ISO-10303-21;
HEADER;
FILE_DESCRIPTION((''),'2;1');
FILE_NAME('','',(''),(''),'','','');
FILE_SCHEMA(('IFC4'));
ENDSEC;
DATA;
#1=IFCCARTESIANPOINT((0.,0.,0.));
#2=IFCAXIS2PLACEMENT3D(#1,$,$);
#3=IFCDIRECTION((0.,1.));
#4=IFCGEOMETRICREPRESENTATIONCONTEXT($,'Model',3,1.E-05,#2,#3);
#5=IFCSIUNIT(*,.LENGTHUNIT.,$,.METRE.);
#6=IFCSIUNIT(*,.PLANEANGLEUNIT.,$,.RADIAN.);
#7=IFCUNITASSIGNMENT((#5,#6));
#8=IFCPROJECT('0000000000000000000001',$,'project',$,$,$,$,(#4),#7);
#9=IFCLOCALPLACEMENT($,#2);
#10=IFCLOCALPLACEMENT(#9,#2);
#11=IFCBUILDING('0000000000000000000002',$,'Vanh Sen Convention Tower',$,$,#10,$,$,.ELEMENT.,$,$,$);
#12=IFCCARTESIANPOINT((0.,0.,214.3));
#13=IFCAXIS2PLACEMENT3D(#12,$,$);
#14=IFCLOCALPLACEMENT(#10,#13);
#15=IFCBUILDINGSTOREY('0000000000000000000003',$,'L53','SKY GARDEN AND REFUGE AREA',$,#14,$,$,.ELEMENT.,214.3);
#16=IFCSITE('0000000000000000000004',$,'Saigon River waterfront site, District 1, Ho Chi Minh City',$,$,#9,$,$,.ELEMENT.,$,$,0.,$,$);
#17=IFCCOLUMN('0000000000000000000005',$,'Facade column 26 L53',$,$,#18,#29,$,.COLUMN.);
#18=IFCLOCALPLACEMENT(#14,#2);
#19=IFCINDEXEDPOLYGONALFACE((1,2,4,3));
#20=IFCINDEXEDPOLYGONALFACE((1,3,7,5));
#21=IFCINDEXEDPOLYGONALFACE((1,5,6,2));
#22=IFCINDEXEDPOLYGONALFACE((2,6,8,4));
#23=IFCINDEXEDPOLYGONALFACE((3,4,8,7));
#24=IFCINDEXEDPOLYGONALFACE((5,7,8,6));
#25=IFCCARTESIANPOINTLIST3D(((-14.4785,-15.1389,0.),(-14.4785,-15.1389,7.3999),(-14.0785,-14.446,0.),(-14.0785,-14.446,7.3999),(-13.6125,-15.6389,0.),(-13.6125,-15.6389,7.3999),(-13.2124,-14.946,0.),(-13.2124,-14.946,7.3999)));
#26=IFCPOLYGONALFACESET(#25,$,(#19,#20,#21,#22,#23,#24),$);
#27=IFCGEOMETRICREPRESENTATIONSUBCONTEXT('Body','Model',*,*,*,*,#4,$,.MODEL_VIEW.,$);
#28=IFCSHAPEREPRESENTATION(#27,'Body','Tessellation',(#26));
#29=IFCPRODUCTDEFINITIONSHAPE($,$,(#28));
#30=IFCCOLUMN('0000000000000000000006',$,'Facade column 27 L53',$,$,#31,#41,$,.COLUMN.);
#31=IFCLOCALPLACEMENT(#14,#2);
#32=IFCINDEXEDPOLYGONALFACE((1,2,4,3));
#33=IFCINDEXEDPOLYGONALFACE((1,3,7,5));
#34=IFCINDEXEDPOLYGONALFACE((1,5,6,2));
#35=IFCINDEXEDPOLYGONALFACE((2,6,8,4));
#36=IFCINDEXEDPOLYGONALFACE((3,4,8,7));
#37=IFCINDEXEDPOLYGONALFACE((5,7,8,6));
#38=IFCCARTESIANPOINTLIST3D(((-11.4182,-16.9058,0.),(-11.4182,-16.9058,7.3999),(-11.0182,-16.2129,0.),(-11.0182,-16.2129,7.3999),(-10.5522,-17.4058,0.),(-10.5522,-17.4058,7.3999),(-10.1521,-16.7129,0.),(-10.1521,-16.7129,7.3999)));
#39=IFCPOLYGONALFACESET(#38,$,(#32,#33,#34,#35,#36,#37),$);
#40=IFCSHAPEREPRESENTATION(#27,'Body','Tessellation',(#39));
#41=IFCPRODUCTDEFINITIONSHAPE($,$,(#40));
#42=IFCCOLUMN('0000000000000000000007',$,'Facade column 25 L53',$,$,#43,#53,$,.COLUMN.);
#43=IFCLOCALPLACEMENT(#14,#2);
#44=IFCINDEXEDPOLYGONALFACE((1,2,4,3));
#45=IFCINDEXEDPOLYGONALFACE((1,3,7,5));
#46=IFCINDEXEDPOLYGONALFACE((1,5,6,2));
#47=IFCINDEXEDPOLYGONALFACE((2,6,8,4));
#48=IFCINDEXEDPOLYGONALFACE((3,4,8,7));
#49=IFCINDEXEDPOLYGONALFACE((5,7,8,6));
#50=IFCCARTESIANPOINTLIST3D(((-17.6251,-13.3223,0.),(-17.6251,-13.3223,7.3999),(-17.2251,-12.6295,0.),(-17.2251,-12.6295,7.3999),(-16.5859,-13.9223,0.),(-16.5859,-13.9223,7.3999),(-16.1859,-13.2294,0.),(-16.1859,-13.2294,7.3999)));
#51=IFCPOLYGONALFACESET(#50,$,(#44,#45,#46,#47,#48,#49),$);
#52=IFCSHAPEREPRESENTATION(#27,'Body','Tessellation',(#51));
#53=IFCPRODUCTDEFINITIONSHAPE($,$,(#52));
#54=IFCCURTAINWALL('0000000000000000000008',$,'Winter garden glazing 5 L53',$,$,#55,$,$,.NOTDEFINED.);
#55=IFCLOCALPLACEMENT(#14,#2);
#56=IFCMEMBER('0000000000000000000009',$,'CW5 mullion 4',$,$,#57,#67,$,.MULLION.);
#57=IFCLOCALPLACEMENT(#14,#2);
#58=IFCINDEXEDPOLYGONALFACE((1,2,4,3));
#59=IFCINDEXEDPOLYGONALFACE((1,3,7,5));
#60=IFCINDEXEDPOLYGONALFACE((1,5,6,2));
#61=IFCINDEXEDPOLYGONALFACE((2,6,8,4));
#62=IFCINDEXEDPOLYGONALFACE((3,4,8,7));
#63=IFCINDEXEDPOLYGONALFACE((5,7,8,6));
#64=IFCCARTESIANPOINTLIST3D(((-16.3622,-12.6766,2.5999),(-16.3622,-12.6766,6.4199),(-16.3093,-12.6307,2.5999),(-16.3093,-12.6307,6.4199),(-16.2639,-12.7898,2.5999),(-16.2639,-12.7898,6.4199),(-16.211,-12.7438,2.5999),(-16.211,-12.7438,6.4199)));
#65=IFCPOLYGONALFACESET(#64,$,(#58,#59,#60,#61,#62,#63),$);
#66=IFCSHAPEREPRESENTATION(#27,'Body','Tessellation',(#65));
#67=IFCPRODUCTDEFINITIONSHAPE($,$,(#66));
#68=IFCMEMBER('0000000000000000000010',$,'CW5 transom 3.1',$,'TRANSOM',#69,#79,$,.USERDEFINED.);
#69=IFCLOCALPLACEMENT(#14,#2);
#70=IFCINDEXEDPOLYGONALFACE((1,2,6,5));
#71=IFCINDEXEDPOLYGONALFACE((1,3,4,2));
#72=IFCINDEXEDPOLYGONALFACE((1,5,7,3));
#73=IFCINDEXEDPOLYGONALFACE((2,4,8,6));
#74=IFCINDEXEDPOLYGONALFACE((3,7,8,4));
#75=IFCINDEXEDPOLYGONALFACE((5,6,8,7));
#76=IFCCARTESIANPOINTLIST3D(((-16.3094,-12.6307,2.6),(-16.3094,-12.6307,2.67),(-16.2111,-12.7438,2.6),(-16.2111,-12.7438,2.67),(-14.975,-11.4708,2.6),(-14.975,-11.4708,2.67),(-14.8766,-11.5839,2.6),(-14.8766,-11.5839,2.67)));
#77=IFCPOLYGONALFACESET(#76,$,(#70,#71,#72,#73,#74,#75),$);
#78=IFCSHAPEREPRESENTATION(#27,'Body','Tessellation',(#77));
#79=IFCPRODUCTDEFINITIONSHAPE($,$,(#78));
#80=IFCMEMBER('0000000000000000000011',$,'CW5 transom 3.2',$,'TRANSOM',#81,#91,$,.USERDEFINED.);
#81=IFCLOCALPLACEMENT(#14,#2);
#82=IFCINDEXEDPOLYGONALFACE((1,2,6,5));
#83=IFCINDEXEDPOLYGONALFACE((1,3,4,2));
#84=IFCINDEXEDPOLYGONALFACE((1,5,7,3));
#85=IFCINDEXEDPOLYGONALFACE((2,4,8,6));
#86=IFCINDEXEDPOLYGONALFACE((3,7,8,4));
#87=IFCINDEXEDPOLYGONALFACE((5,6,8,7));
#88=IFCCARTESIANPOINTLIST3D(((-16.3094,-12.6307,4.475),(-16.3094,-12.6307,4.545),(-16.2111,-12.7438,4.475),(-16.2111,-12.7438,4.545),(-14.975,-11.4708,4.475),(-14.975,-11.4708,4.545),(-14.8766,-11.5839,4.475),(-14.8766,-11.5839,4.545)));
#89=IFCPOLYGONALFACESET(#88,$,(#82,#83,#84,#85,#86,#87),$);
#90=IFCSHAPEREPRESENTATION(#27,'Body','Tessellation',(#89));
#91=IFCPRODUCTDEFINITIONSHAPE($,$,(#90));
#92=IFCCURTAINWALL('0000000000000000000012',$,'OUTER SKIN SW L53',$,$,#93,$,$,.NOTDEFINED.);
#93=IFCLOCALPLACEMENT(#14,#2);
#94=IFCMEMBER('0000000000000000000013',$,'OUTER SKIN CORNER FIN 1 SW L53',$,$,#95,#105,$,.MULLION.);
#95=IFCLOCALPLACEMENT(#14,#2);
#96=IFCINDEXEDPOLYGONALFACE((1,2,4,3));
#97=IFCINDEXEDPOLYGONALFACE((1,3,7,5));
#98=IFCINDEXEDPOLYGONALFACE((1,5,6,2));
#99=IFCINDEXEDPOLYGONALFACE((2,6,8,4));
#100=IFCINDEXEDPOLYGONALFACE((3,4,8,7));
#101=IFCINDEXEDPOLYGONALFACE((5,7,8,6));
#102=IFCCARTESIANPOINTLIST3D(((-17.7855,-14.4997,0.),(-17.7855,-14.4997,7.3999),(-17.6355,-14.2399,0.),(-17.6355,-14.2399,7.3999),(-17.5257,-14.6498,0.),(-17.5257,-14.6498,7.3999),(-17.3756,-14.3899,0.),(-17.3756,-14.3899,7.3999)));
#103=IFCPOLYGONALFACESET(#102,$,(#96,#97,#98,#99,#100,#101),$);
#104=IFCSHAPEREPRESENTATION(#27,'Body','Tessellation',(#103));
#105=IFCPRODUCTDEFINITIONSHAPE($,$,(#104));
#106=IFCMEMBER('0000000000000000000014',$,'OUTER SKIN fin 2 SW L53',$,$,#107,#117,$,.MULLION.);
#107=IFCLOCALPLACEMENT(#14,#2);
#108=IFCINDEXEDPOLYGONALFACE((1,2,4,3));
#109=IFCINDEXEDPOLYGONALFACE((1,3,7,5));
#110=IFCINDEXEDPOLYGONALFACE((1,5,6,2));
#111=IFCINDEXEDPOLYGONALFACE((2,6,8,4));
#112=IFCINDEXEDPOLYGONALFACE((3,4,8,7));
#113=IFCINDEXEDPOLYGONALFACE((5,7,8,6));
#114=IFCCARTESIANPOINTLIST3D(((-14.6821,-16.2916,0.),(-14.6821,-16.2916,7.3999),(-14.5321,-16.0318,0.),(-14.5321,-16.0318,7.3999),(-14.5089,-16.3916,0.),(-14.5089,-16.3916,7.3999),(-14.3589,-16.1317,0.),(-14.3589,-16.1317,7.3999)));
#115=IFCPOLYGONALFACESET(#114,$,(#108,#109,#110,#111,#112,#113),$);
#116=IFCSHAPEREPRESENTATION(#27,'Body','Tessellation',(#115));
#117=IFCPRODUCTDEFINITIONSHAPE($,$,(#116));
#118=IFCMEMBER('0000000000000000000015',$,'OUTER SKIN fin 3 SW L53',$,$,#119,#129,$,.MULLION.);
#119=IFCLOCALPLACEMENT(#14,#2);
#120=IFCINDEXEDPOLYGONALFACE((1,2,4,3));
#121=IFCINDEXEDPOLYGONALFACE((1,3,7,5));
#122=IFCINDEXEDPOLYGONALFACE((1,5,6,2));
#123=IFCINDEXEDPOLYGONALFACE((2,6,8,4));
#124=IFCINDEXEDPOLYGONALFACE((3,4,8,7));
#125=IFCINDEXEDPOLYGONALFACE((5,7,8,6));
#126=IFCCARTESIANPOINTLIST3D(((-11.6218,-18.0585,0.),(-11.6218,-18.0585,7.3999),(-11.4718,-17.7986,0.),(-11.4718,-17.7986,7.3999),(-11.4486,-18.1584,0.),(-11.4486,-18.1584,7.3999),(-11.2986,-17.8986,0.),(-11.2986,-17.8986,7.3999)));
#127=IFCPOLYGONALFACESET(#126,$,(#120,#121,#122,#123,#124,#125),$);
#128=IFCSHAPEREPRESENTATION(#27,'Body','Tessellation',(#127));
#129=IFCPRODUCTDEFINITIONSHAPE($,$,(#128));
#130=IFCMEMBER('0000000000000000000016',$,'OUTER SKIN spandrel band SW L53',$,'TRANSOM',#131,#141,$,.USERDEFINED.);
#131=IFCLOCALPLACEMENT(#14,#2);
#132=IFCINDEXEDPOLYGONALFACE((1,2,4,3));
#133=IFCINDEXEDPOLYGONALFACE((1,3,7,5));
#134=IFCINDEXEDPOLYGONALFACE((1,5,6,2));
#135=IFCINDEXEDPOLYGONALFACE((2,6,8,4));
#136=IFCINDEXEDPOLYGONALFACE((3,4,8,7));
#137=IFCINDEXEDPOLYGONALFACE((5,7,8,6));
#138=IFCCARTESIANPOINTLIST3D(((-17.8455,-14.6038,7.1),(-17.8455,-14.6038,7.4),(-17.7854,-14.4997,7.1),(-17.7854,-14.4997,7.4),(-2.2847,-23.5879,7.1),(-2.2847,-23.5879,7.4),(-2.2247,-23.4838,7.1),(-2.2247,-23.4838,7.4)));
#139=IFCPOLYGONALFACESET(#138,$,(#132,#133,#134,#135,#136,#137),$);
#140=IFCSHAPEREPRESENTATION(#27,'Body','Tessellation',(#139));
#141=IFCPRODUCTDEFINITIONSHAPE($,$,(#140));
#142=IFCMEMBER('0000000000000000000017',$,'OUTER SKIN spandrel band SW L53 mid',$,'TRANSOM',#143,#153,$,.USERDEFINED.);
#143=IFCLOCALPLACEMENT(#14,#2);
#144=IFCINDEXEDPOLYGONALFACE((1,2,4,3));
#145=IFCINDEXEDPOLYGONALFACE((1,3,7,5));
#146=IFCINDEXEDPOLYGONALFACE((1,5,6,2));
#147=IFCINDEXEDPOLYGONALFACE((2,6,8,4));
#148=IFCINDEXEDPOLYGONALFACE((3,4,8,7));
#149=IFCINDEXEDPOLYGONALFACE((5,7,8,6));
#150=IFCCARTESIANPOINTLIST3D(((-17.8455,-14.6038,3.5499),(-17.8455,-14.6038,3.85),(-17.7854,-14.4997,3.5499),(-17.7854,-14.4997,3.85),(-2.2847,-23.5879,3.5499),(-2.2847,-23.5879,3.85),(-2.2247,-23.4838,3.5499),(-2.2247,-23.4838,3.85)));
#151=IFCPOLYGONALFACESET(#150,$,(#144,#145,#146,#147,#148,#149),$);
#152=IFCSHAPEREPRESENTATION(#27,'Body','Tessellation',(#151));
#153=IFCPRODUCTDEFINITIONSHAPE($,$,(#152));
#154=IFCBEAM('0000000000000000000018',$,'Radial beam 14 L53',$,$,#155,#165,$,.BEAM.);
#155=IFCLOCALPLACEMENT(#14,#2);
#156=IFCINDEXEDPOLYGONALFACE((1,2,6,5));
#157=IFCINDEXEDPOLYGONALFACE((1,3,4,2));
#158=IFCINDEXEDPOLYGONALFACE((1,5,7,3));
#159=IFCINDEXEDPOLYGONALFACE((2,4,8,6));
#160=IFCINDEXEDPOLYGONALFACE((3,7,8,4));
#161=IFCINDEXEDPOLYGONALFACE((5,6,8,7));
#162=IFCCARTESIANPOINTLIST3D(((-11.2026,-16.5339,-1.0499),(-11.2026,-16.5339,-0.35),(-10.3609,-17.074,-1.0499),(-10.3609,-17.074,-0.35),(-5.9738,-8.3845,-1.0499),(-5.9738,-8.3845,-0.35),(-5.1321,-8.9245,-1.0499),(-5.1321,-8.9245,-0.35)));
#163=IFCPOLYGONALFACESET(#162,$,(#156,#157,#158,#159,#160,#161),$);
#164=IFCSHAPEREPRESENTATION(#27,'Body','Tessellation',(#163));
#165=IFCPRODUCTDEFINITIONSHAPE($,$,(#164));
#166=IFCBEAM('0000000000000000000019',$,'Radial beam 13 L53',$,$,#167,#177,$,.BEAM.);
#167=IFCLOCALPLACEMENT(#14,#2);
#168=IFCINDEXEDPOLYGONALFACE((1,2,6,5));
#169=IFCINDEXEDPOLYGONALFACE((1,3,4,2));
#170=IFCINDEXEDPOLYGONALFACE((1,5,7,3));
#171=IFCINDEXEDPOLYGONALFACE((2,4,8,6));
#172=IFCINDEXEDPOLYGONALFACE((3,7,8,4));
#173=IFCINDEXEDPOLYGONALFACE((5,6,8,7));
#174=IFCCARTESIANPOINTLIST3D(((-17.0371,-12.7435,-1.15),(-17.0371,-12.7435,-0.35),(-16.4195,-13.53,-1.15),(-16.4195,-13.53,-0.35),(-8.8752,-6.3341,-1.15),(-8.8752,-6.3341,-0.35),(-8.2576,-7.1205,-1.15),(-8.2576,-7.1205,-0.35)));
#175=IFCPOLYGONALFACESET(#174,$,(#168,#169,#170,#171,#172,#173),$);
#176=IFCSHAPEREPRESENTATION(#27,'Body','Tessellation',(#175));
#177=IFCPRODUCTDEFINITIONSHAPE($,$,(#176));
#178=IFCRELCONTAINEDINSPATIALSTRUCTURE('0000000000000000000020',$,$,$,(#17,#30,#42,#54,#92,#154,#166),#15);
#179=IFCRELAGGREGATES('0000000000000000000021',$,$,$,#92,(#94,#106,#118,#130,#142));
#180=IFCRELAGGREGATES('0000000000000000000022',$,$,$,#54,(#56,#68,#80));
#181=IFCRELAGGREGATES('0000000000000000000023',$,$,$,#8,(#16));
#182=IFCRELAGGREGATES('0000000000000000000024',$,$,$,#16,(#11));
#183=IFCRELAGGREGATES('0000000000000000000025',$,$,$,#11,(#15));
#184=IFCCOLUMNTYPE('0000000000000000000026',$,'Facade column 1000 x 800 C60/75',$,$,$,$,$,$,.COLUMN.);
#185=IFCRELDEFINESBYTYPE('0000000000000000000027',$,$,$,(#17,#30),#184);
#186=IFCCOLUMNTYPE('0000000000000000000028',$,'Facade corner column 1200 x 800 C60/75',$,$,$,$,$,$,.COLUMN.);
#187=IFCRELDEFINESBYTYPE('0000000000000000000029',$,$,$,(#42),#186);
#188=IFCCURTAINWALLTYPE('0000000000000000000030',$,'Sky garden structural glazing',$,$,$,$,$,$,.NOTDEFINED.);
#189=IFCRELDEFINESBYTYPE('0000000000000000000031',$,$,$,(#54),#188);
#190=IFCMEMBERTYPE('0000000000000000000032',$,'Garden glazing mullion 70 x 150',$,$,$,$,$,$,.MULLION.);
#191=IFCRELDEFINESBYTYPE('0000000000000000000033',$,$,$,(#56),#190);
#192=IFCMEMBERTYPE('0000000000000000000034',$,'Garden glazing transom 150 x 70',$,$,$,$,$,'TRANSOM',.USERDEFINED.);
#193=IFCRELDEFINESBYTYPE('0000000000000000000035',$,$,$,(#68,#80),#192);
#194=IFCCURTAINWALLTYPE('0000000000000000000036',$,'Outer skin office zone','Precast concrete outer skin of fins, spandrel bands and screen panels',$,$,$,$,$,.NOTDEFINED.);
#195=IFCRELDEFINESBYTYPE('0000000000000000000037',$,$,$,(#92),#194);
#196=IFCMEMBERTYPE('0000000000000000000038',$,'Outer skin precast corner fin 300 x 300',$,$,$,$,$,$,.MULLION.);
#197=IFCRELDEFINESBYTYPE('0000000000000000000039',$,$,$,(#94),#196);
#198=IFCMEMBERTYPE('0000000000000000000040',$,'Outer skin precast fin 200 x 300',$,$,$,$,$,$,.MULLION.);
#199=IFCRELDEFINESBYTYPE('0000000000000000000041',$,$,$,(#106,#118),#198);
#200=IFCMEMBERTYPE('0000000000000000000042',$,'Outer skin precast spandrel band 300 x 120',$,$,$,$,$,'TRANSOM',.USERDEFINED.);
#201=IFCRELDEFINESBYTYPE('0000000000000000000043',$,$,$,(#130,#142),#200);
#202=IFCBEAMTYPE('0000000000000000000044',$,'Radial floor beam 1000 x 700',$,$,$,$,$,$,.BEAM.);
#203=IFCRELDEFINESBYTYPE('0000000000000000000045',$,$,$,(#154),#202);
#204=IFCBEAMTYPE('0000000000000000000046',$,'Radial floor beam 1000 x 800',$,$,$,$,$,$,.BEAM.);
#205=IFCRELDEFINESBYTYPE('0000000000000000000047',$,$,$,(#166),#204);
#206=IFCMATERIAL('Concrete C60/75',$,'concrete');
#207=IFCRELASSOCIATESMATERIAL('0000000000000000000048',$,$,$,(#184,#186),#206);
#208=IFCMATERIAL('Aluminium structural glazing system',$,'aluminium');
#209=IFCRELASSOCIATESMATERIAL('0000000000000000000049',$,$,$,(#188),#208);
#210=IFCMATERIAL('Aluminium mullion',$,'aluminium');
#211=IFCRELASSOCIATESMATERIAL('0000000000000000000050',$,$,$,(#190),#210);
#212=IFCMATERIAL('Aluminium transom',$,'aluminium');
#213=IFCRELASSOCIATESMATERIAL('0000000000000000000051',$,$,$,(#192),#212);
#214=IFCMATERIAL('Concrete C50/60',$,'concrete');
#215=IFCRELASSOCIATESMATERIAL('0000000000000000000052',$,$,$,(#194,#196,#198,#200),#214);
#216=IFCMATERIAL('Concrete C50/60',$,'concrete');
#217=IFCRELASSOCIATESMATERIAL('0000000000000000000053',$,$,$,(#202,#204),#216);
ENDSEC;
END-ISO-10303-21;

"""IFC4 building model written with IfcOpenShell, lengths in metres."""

from ifc_helpers import new_model, si_unit, direction, frame, origin, origin_2d, place, context, subcontext, project, spatial, rectangle, extrude, material, material_profile, profile_set, type_object, element, aggregate, save


model = new_model("IFC4")

# Units and contexts
model_context = context("Model", 3, precision=1e-05, world=origin(), true_north=direction((0.0, 1.0)))
body_context = subcontext(model_context, "Body", "Model", "MODEL_VIEW")
ifc_project = project(units=[si_unit("LENGTHUNIT", "METRE"), si_unit("PLANEANGLEUNIT", "RADIAN")], contexts=[model_context])

# Site, building, storey
site_placement = place(None, origin())
site = spatial("IfcSite", under=ifc_project, at=site_placement, Name="Saigon River waterfront site, District 1, Ho Chi Minh City", CompositionType="ELEMENT", RefElevation=0.0)
building_placement = place(site_placement, origin())
building = spatial("IfcBuilding", under=site, at=building_placement, Name="Vanh Sen Convention Tower", CompositionType="ELEMENT")
storey_placement = place(building_placement, frame((0.0, 0.0, 214.3)))
storey = spatial("IfcBuildingStorey", under=building, at=storey_placement, Name="L53", Description="SKY GARDEN AND REFUGE AREA", CompositionType="ELEMENT", Elevation=214.3)

# Columns
ifc_material_1 = material(Name="Concrete C60/75", Category="concrete")
ifc_material_profile_1 = material_profile(ifc_material_1, rectangle(XDim=1.0, YDim=0.8, at=origin_2d()), Name="RC 1000X800")
ifc_profile_set_1 = profile_set([ifc_material_profile_1], Name="Concrete C60/75")
column_type_1 = type_object("IfcColumnType", Name="Facade column 1000 x 800 C60/75", PredefinedType="COLUMN", material=ifc_profile_set_1)
for number, where, z_axis, x_axis, name in (
    (1, (-13.8455, -15.0425, 0.0), (0.0, 0.0, 1.0), (0.866025, -0.5, 0.0), "Facade column 26 L53"),
    (2, (-10.7852, -16.8093, 0.0), (0.0, 0.0, 1.0), (0.866025, -0.5, 0.0), "Facade column 27 L53"),
):
    element("IfcColumn", number, at=place(storey_placement, frame(where, z_axis=z_axis, x_axis=x_axis)), inside=storey, type_object=column_type_1, Name=name, PredefinedType="COLUMN", context=body_context, shape_type="SweptSolid", body=[
        extrude(rectangle(XDim=1.0, YDim=0.8, at=origin_2d()), origin(), (0.0, 0.0, 1.0), 7.3999),
    ])
ifc_material_profile_2 = material_profile(ifc_material_1, rectangle(XDim=1.2, YDim=0.8, at=origin_2d()), Name="RC 1200X800")
ifc_profile_set_2 = profile_set([ifc_material_profile_2], Name="Concrete C60/75")
column_type_2 = type_object("IfcColumnType", Name="Facade corner column 1200 x 800 C60/75", PredefinedType="COLUMN", material=ifc_profile_set_2)
column_placement = place(storey_placement, frame((-16.9055, -13.2759, 0.0), z_axis=(0.0, 0.0, 1.0), x_axis=(0.866025, -0.5, 0.0)))
element("IfcColumn", 3, at=column_placement, inside=storey, type_object=column_type_2, Name="Facade column 25 L53", PredefinedType="COLUMN", context=body_context, shape_type="SweptSolid", body=[
    extrude(rectangle(XDim=1.2, YDim=0.8, at=origin_2d()), origin(), (0.0, 0.0, 1.0), 7.3999),
])

# Curtain walls, members
ifc_material_2 = material(Name="Aluminium structural glazing system", Category="aluminium")
curtain_wall_type_1 = type_object("IfcCurtainWallType", Name="Sky garden structural glazing", PredefinedType="NOTDEFINED", material=ifc_material_2)
curtain_wall_1_placement = place(storey_placement, origin())
curtain_wall_1 = element("IfcCurtainWall", 4, at=curtain_wall_1_placement, inside=storey, type_object=curtain_wall_type_1, Name="Winter garden glazing 5 L53", PredefinedType="NOTDEFINED")
ifc_material_3 = material(Name="Aluminium mullion", Category="aluminium")
ifc_material_profile_3 = material_profile(ifc_material_3, rectangle(XDim=0.1499, YDim=0.0701, at=origin_2d()), Name="Garden glazing mullion 70 x 150")
ifc_profile_set_3 = profile_set([ifc_material_profile_3], Name="Aluminium mullion")
member_type_1 = type_object("IfcMemberType", Name="Garden glazing mullion 70 x 150", PredefinedType="MULLION", material=ifc_profile_set_3)
member_1_placement = place(storey_placement, frame((-16.2866, -12.7102, 2.5999), z_axis=(0.0, 0.0, 1.0), x_axis=(0.655958, -0.754797, 0.0)))
member_1 = element("IfcMember", 5, at=member_1_placement, type_object=member_type_1, Name="CW5 mullion 4", PredefinedType="MULLION", context=body_context, shape_type="SweptSolid", body=[
    extrude(rectangle(XDim=0.1499, YDim=0.0701, at=origin_2d()), origin(), (0.0, 0.0, 1.0), 3.8201),
])
ifc_material_4 = material(Name="Aluminium transom", Category="aluminium")
ifc_material_profile_4 = material_profile(ifc_material_4, rectangle(XDim=0.1499, YDim=0.0701, at=origin_2d()), Name="Garden glazing transom 150 x 70")
ifc_profile_set_4 = profile_set([ifc_material_profile_4], Name="Aluminium transom")
member_type_2 = type_object("IfcMemberType", Name="Garden glazing transom 150 x 70", ElementType="TRANSOM", PredefinedType="USERDEFINED", material=ifc_profile_set_4)
member_2_placement = place(storey_placement, frame((-14.9258, -11.5273, 2.635), z_axis=(-0.754745, -0.656018, 0.0), x_axis=(0.656018, -0.754745, 0.0)))
member_2 = element("IfcMember", 6, at=member_2_placement, type_object=member_type_2, Name="CW5 transom 3.1", ObjectType="TRANSOM", PredefinedType="USERDEFINED", context=body_context, shape_type="SweptSolid", body=[
    extrude(rectangle(XDim=0.1499, YDim=0.0701, at=origin_2d()), origin(), (0.0, 0.0, 1.0), 1.7681),
])
member_3_placement = place(storey_placement, frame((-14.9258, -11.5273, 4.51), z_axis=(-0.754745, -0.656018, 0.0), x_axis=(0.656018, -0.754745, 0.0)))
member_3 = element("IfcMember", 7, at=member_3_placement, type_object=member_type_2, Name="CW5 transom 3.2", ObjectType="TRANSOM", PredefinedType="USERDEFINED", context=body_context, shape_type="SweptSolid", body=[
    extrude(rectangle(XDim=0.1499, YDim=0.0701, at=origin_2d()), origin(), (0.0, 0.0, 1.0), 1.7681),
])
ifc_material_5 = material(Name="Concrete C50/60", Category="concrete")
curtain_wall_type_2 = type_object("IfcCurtainWallType", Name="Outer skin office zone", Description="Precast concrete outer skin of fins, spandrel bands and screen panels", PredefinedType="NOTDEFINED", material=ifc_material_5)
curtain_wall_2_placement = place(storey_placement, origin())
curtain_wall_2 = element("IfcCurtainWall", 8, at=curtain_wall_2_placement, inside=storey, type_object=curtain_wall_type_2, Name="OUTER SKIN SW L53", PredefinedType="NOTDEFINED")
ifc_material_profile_5 = material_profile(ifc_material_5, rectangle(XDim=0.3, YDim=0.3, at=origin_2d()), Name="Outer skin precast corner fin 300 x 300")
ifc_profile_set_5 = profile_set([ifc_material_profile_5], Name="Concrete C50/60")
member_type_3 = type_object("IfcMemberType", Name="Outer skin precast corner fin 300 x 300", PredefinedType="MULLION", material=ifc_profile_set_5)
member_4_placement = place(storey_placement, frame((-17.5806, -14.4448, 0.0), z_axis=(0.0, 0.0, 1.0), x_axis=(0.866025, -0.5, 0.0)))
member_4 = element("IfcMember", 9, at=member_4_placement, type_object=member_type_3, Name="OUTER SKIN CORNER FIN 1 SW L53", PredefinedType="MULLION", context=body_context, shape_type="SweptSolid", body=[
    extrude(rectangle(XDim=0.3, YDim=0.3, at=origin_2d()), origin(), (0.0, 0.0, 1.0), 7.3999),
])
ifc_material_profile_6 = material_profile(ifc_material_5, rectangle(XDim=0.2, YDim=0.3, at=origin_2d()), Name="Outer skin precast fin 200 x 300")
ifc_profile_set_6 = profile_set([ifc_material_profile_6], Name="Concrete C50/60")
member_type_4 = type_object("IfcMemberType", Name="Outer skin precast fin 200 x 300", PredefinedType="MULLION", material=ifc_profile_set_6)
member_5_placement = place(storey_placement, frame((-14.5205, -16.2117, 0.0), z_axis=(0.0, 0.0, 1.0), x_axis=(0.866025, -0.5, 0.0)))
member_5 = element("IfcMember", 10, at=member_5_placement, type_object=member_type_4, Name="OUTER SKIN fin 2 SW L53", PredefinedType="MULLION", context=body_context, shape_type="SweptSolid", body=[
    extrude(rectangle(XDim=0.2, YDim=0.3, at=origin_2d()), origin(), (0.0, 0.0, 1.0), 7.3999),
])
member_6_placement = place(storey_placement, frame((-11.4602, -17.9785, 0.0), z_axis=(0.0, 0.0, 1.0), x_axis=(0.866025, -0.5, 0.0)))
member_6 = element("IfcMember", 11, at=member_6_placement, type_object=member_type_4, Name="OUTER SKIN fin 3 SW L53", PredefinedType="MULLION", context=body_context, shape_type="SweptSolid", body=[
    extrude(rectangle(XDim=0.2, YDim=0.3, at=origin_2d()), origin(), (0.0, 0.0, 1.0), 7.3999),
])
ifc_material_profile_7 = material_profile(ifc_material_5, rectangle(XDim=0.1201, YDim=0.3, at=origin_2d()), Name="Outer skin precast spandrel band 300 x 120")
ifc_profile_set_7 = profile_set([ifc_material_profile_7], Name="Concrete C50/60")
member_type_5 = type_object("IfcMemberType", Name="Outer skin precast spandrel band 300 x 120", ElementType="TRANSOM", PredefinedType="USERDEFINED", material=ifc_profile_set_7)
member_7_placement = place(storey_placement, frame((-17.8154, -14.5518, 7.25), z_axis=(0.866023, -0.500004, 0.0), x_axis=(0.500004, 0.866023, 0.0)))
member_7 = element("IfcMember", 12, at=member_7_placement, type_object=member_type_5, Name="OUTER SKIN spandrel band SW L53", ObjectType="TRANSOM", PredefinedType="USERDEFINED", context=body_context, shape_type="SweptSolid", body=[
    extrude(rectangle(XDim=0.1201, YDim=0.3, at=origin_2d()), origin(), (0.0, 0.0, 1.0), 17.968),
])
member_8_placement = place(storey_placement, frame((-17.8154, -14.5518, 3.7), z_axis=(0.866023, -0.500004, 0.0), x_axis=(0.500004, 0.866023, 0.0)))
member_8 = element("IfcMember", 13, at=member_8_placement, type_object=member_type_5, Name="OUTER SKIN spandrel band SW L53 mid", ObjectType="TRANSOM", PredefinedType="USERDEFINED", context=body_context, shape_type="SweptSolid", body=[
    extrude(rectangle(XDim=0.1201, YDim=0.3, at=origin_2d()), origin(), (0.0, 0.0, 1.0), 17.968),
])
aggregate(curtain_wall_2, [member_4, member_5, member_6, member_7, member_8])

# Beams
ifc_material_6 = material(Name="Concrete C50/60", Category="concrete")
ifc_material_profile_8 = material_profile(ifc_material_6, rectangle(XDim=1.0, YDim=0.7, at=origin_2d()), Name="RC 1000X700")
ifc_profile_set_8 = profile_set([ifc_material_profile_8], Name="Concrete C50/60")
beam_type_1 = type_object("IfcBeamType", Name="Radial floor beam 1000 x 700", PredefinedType="BEAM", material=ifc_profile_set_8)
beam_1_placement = place(storey_placement, frame((-10.7817, -16.804, -0.7), z_axis=(0.540016, 0.841655, 0.0), x_axis=(-0.841655, 0.540016, 0.0)))
element("IfcBeam", 14, at=beam_1_placement, inside=storey, type_object=beam_type_1, Name="Radial beam 14 L53", PredefinedType="BEAM", context=body_context, shape_type="SweptSolid", body=[
    extrude(rectangle(XDim=1.0, YDim=0.7, at=origin_2d()), origin(), (0.0, 0.0, 1.0), 9.6826),
])
ifc_material_profile_9 = material_profile(ifc_material_6, rectangle(XDim=1.0, YDim=0.8, at=origin_2d()), Name="RC 1000X800")
ifc_profile_set_9 = profile_set([ifc_material_profile_9], Name="Concrete C50/60")
beam_type_2 = type_object("IfcBeamType", Name="Radial floor beam 1000 x 800", PredefinedType="BEAM", material=ifc_profile_set_9)
beam_2_placement = place(storey_placement, frame((-16.7283, -13.1367, -0.75), z_axis=(0.786481, 0.617615, 0.0), x_axis=(-0.617615, 0.786481, 0.0)))
element("IfcBeam", 15, at=beam_2_placement, inside=storey, type_object=beam_type_2, Name="Radial beam 13 L53", PredefinedType="BEAM", context=body_context, shape_type="SweptSolid", body=[
    extrude(rectangle(XDim=1.0, YDim=0.8, at=origin_2d()), origin(), (0.0, 0.0, 1.0), 10.3777),
])

aggregate(curtain_wall_1, [member_1, member_2, member_3])

save(model, "model.ifc")
